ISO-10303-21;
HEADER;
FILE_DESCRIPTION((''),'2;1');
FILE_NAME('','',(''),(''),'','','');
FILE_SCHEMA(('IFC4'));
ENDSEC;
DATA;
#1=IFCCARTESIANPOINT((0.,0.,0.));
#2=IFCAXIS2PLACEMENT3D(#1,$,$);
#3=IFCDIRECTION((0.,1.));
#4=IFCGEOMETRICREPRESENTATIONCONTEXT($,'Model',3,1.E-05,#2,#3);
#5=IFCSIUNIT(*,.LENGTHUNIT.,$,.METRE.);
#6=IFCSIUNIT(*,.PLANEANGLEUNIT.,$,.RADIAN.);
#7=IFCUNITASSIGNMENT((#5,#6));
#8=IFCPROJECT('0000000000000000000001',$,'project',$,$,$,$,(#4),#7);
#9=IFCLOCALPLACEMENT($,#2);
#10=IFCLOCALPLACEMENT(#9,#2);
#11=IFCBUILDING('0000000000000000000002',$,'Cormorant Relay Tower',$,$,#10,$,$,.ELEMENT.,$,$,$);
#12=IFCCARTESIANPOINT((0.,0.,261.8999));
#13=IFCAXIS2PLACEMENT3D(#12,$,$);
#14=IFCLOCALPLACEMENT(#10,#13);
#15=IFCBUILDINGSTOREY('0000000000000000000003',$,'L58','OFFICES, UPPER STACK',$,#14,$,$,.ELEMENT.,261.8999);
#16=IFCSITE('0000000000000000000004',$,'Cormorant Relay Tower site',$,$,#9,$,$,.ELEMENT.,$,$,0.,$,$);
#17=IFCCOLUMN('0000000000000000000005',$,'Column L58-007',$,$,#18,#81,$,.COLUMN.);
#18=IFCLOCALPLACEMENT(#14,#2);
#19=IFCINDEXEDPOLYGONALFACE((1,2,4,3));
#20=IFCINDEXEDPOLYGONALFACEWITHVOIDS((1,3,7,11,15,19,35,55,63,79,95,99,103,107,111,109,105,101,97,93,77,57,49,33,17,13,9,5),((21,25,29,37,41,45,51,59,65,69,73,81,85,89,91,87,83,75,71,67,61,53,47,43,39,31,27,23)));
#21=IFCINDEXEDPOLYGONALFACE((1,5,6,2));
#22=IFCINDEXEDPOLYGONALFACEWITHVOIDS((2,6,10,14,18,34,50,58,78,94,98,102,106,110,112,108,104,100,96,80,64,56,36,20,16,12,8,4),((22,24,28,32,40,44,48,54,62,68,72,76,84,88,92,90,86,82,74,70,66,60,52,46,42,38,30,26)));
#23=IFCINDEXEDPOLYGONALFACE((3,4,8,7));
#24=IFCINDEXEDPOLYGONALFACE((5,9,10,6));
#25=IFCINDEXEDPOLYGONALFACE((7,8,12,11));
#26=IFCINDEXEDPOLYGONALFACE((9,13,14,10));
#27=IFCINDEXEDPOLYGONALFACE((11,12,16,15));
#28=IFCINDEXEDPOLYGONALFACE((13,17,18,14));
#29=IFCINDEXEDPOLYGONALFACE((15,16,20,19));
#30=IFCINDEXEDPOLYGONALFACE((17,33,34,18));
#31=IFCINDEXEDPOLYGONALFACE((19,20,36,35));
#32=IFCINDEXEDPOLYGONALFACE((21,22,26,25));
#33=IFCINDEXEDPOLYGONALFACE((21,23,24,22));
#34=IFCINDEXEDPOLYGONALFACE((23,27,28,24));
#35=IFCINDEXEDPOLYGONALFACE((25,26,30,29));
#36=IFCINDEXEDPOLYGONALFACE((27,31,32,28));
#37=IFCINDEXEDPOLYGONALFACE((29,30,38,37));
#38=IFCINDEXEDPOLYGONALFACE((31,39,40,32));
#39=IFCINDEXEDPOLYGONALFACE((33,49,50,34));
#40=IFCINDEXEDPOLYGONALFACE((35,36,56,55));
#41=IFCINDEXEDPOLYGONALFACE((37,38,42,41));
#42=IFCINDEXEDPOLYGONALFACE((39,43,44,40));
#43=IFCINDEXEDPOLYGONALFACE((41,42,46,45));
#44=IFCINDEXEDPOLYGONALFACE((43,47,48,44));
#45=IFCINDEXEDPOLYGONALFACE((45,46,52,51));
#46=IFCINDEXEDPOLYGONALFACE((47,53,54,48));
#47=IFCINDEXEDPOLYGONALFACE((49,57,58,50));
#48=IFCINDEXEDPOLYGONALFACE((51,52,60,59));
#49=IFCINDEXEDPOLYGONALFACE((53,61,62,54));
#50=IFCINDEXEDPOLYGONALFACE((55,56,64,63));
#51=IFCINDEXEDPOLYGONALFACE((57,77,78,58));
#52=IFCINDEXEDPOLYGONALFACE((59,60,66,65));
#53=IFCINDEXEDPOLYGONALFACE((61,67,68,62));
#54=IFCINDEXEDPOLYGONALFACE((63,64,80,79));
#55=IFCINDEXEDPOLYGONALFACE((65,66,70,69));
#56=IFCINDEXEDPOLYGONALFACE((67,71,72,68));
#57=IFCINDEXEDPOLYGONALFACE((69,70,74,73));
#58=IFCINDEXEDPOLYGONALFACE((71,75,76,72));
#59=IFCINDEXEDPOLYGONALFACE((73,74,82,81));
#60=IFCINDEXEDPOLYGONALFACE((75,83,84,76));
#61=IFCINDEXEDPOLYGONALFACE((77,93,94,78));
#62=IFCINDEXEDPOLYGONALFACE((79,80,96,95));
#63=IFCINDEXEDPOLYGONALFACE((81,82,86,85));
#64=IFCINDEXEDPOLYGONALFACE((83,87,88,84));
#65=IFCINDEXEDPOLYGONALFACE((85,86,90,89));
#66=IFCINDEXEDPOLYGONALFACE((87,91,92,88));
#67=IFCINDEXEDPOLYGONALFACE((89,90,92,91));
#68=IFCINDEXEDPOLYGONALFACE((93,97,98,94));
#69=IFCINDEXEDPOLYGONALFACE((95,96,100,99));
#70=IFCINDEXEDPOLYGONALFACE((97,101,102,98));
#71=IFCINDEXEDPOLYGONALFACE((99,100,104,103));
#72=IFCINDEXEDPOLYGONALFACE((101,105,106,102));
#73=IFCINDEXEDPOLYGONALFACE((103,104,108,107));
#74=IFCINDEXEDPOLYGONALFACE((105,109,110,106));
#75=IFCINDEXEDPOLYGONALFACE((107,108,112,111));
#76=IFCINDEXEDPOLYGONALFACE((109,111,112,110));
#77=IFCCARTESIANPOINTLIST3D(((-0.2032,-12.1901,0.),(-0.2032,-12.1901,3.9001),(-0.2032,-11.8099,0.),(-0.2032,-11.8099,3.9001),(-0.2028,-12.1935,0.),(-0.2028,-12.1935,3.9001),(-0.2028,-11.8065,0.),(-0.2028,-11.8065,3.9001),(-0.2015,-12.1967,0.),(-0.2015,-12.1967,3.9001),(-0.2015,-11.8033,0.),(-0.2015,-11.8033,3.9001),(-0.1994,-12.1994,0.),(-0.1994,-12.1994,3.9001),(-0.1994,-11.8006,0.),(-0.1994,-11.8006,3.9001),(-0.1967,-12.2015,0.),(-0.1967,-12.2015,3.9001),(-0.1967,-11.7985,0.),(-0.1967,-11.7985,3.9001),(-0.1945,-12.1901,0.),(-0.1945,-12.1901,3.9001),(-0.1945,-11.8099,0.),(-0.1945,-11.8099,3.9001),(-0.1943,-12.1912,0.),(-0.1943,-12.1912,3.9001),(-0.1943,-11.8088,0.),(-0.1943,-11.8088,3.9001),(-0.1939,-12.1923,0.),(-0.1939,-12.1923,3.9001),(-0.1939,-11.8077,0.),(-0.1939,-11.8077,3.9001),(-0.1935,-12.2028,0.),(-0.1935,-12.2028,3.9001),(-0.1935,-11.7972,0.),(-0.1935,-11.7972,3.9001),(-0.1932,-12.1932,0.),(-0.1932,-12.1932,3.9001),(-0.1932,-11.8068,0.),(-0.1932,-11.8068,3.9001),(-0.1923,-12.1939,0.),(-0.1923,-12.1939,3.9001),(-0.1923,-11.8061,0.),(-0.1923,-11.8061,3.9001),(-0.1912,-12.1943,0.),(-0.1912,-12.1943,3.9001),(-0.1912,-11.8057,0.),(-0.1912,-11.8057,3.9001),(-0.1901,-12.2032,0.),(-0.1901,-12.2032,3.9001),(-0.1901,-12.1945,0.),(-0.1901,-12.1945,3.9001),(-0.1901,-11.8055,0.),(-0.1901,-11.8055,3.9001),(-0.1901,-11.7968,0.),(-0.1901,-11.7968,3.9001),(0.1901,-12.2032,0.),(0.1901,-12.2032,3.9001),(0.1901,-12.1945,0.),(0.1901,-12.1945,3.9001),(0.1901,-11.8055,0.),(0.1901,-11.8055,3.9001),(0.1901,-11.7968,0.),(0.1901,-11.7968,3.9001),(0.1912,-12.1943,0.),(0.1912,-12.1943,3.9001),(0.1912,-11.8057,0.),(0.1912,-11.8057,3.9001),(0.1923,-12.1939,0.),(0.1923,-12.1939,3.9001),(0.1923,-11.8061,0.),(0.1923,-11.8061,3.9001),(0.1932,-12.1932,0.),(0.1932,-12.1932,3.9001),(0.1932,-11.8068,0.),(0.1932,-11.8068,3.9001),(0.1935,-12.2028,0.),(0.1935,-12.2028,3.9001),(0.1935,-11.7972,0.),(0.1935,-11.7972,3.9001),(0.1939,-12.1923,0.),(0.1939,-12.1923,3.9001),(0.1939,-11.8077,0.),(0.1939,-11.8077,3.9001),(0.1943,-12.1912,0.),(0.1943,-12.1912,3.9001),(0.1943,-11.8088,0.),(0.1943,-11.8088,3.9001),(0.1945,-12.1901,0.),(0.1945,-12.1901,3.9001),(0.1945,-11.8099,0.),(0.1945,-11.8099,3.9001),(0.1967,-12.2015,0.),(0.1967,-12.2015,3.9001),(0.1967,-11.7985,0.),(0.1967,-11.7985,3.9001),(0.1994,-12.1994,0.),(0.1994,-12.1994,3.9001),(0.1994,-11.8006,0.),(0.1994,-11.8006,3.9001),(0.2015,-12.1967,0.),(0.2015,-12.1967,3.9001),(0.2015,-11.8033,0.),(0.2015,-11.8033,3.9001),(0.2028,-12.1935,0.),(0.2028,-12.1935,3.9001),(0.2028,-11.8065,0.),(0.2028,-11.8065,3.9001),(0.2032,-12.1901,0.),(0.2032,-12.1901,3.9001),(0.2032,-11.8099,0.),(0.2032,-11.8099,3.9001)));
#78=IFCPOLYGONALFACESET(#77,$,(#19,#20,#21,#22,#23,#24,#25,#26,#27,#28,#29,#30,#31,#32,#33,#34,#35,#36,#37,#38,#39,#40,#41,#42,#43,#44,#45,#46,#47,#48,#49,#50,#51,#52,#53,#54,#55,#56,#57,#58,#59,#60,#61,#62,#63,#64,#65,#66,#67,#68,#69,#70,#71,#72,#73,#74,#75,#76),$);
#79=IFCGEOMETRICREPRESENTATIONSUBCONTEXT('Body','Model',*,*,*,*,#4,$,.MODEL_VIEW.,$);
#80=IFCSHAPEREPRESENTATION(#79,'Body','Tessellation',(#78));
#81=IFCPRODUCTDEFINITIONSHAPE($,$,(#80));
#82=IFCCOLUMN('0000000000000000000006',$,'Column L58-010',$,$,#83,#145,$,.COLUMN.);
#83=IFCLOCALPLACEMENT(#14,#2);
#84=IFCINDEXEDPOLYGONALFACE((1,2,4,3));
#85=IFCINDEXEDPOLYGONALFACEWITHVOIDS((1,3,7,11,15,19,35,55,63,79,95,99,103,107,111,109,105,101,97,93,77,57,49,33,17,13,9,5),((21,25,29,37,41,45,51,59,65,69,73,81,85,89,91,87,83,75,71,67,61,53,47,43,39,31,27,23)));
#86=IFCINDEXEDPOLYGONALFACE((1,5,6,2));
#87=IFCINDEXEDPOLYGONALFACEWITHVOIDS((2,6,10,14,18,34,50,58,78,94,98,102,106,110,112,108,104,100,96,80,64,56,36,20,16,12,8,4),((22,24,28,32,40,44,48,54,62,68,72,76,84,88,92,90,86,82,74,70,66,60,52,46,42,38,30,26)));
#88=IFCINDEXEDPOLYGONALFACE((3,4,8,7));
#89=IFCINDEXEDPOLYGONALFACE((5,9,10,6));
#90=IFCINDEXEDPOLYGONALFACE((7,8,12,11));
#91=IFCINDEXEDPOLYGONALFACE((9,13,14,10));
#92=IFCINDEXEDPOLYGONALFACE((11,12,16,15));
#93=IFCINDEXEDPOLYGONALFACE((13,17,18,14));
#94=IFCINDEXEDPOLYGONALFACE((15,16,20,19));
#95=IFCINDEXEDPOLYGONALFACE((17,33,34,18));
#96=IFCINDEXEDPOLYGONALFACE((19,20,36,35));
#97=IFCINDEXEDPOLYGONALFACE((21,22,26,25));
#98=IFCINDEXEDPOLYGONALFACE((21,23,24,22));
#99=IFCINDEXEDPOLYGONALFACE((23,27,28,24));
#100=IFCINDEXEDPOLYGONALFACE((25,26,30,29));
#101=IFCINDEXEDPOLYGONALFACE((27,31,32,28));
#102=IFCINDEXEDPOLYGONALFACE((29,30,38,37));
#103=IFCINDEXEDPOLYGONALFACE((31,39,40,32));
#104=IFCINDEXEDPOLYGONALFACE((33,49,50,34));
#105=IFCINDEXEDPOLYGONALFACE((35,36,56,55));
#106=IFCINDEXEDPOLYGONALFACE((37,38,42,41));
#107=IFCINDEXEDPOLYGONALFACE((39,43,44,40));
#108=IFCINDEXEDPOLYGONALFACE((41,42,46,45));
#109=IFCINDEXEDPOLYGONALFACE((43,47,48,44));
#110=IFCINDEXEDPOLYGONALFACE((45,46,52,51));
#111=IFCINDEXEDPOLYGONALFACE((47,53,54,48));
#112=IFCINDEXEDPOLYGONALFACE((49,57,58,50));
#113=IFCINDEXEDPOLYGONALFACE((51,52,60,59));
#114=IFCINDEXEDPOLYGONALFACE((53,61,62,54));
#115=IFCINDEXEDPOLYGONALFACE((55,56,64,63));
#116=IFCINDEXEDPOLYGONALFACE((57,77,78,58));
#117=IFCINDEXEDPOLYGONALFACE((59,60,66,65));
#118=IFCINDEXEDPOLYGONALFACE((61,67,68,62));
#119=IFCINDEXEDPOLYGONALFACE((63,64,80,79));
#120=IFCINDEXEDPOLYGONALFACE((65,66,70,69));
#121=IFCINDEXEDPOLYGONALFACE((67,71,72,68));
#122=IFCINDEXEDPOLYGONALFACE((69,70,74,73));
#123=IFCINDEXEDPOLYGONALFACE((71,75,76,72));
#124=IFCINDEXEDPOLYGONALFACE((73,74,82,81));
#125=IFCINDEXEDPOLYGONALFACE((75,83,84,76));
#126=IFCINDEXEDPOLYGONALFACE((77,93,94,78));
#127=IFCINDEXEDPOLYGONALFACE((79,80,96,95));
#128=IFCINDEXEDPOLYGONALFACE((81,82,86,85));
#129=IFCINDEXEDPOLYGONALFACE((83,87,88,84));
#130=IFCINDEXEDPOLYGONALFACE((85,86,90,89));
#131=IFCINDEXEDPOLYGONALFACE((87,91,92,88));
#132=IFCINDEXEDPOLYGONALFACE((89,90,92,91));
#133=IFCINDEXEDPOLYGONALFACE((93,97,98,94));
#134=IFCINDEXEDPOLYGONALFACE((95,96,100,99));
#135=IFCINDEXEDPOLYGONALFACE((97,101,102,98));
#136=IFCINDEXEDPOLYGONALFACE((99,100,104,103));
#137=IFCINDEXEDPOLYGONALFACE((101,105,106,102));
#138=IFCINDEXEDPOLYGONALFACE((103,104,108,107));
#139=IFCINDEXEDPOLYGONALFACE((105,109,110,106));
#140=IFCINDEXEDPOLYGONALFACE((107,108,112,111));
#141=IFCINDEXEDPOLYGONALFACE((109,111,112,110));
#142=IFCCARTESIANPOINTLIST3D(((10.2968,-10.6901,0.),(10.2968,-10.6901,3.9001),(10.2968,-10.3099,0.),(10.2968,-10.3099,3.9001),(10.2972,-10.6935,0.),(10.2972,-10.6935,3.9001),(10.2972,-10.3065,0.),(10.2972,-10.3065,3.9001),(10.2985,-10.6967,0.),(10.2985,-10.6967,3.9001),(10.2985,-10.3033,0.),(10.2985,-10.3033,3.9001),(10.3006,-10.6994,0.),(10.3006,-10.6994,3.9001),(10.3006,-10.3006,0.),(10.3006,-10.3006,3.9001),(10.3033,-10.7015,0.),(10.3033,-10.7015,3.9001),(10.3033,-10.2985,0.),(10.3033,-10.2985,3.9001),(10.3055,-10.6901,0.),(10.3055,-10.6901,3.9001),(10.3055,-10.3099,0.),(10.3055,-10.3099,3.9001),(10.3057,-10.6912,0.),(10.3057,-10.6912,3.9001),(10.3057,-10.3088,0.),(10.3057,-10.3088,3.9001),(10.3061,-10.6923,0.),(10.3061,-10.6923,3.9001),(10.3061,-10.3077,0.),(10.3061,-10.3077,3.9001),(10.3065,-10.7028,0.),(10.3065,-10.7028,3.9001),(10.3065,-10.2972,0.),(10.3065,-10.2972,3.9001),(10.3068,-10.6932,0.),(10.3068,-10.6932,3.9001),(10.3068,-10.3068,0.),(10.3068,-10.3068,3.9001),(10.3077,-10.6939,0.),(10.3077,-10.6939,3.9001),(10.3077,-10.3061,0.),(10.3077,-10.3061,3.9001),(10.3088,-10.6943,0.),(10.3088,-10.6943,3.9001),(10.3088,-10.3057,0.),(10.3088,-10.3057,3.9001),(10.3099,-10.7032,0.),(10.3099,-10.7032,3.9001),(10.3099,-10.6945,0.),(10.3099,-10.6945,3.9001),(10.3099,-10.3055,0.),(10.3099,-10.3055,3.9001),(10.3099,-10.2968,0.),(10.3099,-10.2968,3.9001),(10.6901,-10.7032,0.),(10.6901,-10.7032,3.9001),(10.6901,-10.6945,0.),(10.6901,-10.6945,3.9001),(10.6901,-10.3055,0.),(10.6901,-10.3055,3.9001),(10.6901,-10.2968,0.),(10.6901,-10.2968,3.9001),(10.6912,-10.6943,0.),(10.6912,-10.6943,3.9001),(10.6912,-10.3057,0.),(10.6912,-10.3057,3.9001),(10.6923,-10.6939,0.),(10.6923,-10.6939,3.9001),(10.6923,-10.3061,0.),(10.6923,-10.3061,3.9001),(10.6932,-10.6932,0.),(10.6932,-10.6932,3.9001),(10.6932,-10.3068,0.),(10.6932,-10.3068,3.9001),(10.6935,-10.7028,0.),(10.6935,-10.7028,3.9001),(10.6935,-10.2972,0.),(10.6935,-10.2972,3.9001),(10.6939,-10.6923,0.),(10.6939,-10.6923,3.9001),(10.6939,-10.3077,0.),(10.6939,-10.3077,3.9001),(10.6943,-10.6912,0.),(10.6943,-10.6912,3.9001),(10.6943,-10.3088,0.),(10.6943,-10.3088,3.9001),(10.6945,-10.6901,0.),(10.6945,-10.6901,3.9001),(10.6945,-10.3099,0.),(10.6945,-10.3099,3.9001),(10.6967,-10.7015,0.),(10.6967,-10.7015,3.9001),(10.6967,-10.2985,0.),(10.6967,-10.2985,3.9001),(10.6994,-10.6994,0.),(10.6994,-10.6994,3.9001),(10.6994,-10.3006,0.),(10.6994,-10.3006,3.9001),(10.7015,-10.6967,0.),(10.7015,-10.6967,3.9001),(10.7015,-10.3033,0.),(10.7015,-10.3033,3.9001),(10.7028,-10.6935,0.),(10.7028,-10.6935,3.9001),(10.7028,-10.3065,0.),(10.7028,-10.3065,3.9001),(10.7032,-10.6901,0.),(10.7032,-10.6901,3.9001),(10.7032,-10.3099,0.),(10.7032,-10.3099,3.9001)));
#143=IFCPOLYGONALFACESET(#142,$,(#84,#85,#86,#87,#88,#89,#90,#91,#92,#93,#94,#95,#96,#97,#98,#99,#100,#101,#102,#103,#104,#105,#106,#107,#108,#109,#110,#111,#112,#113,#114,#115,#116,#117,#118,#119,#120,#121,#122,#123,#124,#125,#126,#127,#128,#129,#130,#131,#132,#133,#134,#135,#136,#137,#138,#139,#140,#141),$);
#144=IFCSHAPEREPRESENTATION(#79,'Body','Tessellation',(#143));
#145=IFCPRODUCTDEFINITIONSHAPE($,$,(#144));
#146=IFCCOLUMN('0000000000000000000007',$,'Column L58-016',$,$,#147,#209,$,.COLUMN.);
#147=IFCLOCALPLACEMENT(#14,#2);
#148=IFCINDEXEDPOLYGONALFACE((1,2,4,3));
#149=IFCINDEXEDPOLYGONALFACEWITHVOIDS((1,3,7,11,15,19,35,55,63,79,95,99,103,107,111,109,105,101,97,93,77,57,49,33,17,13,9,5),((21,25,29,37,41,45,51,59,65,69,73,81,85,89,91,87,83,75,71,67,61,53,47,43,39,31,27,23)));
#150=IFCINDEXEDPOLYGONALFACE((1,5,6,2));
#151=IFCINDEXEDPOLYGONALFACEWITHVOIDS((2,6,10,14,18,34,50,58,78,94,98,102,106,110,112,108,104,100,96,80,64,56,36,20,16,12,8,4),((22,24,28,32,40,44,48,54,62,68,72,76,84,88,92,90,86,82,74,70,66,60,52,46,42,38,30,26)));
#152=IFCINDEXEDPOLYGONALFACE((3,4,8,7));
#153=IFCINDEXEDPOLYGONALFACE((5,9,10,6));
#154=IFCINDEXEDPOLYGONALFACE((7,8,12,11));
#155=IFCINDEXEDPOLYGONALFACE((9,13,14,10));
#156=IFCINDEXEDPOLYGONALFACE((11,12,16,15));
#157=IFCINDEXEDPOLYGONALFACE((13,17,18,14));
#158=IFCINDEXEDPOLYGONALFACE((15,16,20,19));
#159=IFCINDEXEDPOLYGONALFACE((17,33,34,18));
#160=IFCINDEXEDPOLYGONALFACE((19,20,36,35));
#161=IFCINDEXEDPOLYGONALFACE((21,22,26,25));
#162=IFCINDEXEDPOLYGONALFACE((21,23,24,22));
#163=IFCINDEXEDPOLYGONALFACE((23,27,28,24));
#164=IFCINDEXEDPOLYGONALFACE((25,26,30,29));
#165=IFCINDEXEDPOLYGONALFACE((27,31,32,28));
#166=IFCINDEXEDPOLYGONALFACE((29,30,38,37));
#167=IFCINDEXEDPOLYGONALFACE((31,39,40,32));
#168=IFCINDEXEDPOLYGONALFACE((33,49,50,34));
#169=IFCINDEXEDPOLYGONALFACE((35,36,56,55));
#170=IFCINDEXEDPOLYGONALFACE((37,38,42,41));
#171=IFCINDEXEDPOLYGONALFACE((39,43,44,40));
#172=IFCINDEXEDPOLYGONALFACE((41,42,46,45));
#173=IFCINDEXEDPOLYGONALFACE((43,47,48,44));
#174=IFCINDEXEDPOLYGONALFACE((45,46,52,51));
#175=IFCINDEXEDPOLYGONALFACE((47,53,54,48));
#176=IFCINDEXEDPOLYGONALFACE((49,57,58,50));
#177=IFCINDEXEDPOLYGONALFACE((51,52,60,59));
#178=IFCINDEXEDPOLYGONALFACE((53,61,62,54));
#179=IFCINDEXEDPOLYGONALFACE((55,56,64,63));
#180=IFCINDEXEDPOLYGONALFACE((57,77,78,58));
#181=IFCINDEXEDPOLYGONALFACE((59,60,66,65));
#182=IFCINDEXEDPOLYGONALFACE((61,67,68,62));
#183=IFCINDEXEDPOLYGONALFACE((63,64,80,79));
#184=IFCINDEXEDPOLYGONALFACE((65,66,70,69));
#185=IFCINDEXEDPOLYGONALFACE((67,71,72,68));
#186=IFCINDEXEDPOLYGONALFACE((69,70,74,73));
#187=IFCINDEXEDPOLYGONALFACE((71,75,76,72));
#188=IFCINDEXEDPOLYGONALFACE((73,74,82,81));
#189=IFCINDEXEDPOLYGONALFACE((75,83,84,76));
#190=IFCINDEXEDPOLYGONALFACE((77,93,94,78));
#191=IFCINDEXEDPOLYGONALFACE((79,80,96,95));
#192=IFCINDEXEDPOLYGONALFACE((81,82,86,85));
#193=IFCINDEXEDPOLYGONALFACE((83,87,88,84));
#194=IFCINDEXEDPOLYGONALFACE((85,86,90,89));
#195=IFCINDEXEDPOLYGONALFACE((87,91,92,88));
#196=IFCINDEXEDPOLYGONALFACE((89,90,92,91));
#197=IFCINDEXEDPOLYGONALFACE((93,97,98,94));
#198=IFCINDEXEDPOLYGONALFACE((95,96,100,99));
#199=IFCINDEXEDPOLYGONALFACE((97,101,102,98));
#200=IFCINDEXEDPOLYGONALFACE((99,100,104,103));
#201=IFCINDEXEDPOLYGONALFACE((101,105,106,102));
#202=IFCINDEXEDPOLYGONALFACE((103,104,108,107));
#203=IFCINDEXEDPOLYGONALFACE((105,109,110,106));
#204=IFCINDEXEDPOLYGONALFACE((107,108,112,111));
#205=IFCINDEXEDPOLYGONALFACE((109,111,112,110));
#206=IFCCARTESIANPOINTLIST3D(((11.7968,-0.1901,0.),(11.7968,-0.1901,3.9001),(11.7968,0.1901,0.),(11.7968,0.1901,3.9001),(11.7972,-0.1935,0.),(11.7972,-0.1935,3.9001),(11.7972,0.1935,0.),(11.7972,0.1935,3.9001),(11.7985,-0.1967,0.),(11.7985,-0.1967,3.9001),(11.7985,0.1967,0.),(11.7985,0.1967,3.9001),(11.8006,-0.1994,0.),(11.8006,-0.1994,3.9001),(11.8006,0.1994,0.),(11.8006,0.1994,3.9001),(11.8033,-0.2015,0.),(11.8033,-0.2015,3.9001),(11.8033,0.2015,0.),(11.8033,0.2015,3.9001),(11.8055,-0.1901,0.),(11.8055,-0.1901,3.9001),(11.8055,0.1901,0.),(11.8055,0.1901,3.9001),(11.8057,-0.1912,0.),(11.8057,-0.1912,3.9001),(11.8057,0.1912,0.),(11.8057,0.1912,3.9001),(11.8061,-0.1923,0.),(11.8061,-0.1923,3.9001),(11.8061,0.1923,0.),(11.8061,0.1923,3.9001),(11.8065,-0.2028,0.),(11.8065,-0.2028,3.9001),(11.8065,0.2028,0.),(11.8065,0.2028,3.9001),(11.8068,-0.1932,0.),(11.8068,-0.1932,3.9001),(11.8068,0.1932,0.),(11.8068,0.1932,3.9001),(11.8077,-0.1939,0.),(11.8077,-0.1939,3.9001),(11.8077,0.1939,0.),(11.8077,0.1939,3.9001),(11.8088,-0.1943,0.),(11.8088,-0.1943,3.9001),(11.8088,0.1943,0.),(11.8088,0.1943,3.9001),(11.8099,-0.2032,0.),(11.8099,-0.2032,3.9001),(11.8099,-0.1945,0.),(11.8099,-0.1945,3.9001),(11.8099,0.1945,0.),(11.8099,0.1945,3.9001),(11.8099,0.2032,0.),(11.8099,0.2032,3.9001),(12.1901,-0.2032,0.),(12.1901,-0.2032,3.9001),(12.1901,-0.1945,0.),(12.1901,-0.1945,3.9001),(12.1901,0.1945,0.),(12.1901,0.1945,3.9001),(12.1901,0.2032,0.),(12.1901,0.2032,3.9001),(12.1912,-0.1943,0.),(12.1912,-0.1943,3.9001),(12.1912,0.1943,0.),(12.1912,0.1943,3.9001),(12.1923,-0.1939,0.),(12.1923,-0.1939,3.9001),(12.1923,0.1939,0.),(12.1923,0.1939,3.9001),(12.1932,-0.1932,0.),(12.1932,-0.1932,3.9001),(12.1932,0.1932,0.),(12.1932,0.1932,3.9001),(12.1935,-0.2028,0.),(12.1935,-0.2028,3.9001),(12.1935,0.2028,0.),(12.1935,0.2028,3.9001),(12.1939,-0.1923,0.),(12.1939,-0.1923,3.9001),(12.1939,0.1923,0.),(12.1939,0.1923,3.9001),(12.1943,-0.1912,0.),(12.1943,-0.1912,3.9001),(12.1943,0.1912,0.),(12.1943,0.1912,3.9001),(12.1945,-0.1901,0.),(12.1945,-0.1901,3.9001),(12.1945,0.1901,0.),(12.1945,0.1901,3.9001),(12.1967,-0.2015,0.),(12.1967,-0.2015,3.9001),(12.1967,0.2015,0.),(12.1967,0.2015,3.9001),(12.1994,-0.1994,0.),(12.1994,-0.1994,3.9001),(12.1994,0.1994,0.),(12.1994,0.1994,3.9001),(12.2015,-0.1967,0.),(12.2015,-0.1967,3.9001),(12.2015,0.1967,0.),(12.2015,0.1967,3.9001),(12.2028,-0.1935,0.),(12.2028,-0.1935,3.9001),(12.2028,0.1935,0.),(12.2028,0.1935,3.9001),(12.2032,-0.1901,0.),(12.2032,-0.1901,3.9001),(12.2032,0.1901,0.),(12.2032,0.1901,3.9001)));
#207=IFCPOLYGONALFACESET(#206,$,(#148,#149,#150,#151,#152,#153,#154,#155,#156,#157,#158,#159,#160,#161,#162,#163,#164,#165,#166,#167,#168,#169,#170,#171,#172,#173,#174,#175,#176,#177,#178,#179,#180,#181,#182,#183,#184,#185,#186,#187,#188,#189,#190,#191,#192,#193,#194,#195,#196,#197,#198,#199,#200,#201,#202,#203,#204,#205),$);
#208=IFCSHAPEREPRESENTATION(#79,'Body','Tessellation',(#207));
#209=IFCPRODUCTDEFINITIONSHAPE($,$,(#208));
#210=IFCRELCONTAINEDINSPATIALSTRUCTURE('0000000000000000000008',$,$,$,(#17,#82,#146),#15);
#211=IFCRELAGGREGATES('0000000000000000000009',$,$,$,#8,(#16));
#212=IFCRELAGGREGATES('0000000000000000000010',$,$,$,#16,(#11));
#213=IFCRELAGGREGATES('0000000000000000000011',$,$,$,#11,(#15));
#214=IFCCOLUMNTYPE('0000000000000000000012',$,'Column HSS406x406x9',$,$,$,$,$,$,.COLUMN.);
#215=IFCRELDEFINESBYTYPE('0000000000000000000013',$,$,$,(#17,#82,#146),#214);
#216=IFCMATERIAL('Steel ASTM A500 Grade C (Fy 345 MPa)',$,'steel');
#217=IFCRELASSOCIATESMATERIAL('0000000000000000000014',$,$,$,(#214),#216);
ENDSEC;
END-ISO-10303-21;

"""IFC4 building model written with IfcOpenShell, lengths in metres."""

from ifc_helpers import new_model, si_unit, direction, frame, origin, origin_2d, place, context, subcontext, project, spatial, hollow_rectangle, extrude, material, material_profile, profile_set, type_object, element, save


model = new_model("IFC4")

# Units and contexts
model_context = context("Model", 3, precision=1e-05, world=origin(), true_north=direction((0.0, 1.0)))
body_context = subcontext(model_context, "Body", "Model", "MODEL_VIEW")
ifc_project = project(units=[si_unit("LENGTHUNIT", "METRE"), si_unit("PLANEANGLEUNIT", "RADIAN")], contexts=[model_context])

# Site, building, storey
site_placement = place(None, origin())
site = spatial("IfcSite", under=ifc_project, at=site_placement, Name="Cormorant Relay Tower site", CompositionType="ELEMENT", RefElevation=0.0)
building_placement = place(site_placement, origin())
building = spatial("IfcBuilding", under=site, at=building_placement, Name="Cormorant Relay Tower", CompositionType="ELEMENT")
storey_placement = place(building_placement, frame((0.0, 0.0, 261.8999)))
storey = spatial("IfcBuildingStorey", under=building, at=storey_placement, Name="L58", Description="OFFICES, UPPER STACK", CompositionType="ELEMENT", Elevation=261.8999)

# Columns
ifc_material_1 = material(Name="Steel ASTM A500 Grade C (Fy 345 MPa)", Category="steel")
ifc_material_profile_1 = material_profile(ifc_material_1, hollow_rectangle(XDim=0.4065, YDim=0.4065, WallThickness=0.0088, InnerFilletRadius=0.0044, OuterFilletRadius=0.0132, at=origin_2d()), Name="HSS406x406x9")
ifc_profile_set_1 = profile_set([ifc_material_profile_1], Name="Steel ASTM A500 Grade C (Fy 345 MPa)")
column_type = type_object("IfcColumnType", Name="Column HSS406x406x9", PredefinedType="COLUMN", material=ifc_profile_set_1)
for number, where, z_axis, x_axis, name in (
    (1, (0.0, -12.0, 0.0), (0.0, 0.0, 1.0), (1.0, 0.0, 0.0), "Column L58-007"),
    (2, (10.5, -10.5, 0.0), (0.0, 0.0, 1.0), (1.0, 0.0, 0.0), "Column L58-010"),
    (3, (12.0, 0.0, 0.0), (0.0, 0.0, 1.0), (1.0, 0.0, 0.0), "Column L58-016"),
):
    element("IfcColumn", number, at=place(storey_placement, frame(where, z_axis=z_axis, x_axis=x_axis)), inside=storey, type_object=column_type, Name=name, PredefinedType="COLUMN", context=body_context, shape_type="SweptSolid", body=[
        extrude(hollow_rectangle(XDim=0.4065, YDim=0.4065, WallThickness=0.0088, InnerFilletRadius=0.0044, OuterFilletRadius=0.0132, at=origin_2d()), origin(), (0.0, 0.0, 1.0), 3.9001),
    ])

save(model, "model.ifc")
